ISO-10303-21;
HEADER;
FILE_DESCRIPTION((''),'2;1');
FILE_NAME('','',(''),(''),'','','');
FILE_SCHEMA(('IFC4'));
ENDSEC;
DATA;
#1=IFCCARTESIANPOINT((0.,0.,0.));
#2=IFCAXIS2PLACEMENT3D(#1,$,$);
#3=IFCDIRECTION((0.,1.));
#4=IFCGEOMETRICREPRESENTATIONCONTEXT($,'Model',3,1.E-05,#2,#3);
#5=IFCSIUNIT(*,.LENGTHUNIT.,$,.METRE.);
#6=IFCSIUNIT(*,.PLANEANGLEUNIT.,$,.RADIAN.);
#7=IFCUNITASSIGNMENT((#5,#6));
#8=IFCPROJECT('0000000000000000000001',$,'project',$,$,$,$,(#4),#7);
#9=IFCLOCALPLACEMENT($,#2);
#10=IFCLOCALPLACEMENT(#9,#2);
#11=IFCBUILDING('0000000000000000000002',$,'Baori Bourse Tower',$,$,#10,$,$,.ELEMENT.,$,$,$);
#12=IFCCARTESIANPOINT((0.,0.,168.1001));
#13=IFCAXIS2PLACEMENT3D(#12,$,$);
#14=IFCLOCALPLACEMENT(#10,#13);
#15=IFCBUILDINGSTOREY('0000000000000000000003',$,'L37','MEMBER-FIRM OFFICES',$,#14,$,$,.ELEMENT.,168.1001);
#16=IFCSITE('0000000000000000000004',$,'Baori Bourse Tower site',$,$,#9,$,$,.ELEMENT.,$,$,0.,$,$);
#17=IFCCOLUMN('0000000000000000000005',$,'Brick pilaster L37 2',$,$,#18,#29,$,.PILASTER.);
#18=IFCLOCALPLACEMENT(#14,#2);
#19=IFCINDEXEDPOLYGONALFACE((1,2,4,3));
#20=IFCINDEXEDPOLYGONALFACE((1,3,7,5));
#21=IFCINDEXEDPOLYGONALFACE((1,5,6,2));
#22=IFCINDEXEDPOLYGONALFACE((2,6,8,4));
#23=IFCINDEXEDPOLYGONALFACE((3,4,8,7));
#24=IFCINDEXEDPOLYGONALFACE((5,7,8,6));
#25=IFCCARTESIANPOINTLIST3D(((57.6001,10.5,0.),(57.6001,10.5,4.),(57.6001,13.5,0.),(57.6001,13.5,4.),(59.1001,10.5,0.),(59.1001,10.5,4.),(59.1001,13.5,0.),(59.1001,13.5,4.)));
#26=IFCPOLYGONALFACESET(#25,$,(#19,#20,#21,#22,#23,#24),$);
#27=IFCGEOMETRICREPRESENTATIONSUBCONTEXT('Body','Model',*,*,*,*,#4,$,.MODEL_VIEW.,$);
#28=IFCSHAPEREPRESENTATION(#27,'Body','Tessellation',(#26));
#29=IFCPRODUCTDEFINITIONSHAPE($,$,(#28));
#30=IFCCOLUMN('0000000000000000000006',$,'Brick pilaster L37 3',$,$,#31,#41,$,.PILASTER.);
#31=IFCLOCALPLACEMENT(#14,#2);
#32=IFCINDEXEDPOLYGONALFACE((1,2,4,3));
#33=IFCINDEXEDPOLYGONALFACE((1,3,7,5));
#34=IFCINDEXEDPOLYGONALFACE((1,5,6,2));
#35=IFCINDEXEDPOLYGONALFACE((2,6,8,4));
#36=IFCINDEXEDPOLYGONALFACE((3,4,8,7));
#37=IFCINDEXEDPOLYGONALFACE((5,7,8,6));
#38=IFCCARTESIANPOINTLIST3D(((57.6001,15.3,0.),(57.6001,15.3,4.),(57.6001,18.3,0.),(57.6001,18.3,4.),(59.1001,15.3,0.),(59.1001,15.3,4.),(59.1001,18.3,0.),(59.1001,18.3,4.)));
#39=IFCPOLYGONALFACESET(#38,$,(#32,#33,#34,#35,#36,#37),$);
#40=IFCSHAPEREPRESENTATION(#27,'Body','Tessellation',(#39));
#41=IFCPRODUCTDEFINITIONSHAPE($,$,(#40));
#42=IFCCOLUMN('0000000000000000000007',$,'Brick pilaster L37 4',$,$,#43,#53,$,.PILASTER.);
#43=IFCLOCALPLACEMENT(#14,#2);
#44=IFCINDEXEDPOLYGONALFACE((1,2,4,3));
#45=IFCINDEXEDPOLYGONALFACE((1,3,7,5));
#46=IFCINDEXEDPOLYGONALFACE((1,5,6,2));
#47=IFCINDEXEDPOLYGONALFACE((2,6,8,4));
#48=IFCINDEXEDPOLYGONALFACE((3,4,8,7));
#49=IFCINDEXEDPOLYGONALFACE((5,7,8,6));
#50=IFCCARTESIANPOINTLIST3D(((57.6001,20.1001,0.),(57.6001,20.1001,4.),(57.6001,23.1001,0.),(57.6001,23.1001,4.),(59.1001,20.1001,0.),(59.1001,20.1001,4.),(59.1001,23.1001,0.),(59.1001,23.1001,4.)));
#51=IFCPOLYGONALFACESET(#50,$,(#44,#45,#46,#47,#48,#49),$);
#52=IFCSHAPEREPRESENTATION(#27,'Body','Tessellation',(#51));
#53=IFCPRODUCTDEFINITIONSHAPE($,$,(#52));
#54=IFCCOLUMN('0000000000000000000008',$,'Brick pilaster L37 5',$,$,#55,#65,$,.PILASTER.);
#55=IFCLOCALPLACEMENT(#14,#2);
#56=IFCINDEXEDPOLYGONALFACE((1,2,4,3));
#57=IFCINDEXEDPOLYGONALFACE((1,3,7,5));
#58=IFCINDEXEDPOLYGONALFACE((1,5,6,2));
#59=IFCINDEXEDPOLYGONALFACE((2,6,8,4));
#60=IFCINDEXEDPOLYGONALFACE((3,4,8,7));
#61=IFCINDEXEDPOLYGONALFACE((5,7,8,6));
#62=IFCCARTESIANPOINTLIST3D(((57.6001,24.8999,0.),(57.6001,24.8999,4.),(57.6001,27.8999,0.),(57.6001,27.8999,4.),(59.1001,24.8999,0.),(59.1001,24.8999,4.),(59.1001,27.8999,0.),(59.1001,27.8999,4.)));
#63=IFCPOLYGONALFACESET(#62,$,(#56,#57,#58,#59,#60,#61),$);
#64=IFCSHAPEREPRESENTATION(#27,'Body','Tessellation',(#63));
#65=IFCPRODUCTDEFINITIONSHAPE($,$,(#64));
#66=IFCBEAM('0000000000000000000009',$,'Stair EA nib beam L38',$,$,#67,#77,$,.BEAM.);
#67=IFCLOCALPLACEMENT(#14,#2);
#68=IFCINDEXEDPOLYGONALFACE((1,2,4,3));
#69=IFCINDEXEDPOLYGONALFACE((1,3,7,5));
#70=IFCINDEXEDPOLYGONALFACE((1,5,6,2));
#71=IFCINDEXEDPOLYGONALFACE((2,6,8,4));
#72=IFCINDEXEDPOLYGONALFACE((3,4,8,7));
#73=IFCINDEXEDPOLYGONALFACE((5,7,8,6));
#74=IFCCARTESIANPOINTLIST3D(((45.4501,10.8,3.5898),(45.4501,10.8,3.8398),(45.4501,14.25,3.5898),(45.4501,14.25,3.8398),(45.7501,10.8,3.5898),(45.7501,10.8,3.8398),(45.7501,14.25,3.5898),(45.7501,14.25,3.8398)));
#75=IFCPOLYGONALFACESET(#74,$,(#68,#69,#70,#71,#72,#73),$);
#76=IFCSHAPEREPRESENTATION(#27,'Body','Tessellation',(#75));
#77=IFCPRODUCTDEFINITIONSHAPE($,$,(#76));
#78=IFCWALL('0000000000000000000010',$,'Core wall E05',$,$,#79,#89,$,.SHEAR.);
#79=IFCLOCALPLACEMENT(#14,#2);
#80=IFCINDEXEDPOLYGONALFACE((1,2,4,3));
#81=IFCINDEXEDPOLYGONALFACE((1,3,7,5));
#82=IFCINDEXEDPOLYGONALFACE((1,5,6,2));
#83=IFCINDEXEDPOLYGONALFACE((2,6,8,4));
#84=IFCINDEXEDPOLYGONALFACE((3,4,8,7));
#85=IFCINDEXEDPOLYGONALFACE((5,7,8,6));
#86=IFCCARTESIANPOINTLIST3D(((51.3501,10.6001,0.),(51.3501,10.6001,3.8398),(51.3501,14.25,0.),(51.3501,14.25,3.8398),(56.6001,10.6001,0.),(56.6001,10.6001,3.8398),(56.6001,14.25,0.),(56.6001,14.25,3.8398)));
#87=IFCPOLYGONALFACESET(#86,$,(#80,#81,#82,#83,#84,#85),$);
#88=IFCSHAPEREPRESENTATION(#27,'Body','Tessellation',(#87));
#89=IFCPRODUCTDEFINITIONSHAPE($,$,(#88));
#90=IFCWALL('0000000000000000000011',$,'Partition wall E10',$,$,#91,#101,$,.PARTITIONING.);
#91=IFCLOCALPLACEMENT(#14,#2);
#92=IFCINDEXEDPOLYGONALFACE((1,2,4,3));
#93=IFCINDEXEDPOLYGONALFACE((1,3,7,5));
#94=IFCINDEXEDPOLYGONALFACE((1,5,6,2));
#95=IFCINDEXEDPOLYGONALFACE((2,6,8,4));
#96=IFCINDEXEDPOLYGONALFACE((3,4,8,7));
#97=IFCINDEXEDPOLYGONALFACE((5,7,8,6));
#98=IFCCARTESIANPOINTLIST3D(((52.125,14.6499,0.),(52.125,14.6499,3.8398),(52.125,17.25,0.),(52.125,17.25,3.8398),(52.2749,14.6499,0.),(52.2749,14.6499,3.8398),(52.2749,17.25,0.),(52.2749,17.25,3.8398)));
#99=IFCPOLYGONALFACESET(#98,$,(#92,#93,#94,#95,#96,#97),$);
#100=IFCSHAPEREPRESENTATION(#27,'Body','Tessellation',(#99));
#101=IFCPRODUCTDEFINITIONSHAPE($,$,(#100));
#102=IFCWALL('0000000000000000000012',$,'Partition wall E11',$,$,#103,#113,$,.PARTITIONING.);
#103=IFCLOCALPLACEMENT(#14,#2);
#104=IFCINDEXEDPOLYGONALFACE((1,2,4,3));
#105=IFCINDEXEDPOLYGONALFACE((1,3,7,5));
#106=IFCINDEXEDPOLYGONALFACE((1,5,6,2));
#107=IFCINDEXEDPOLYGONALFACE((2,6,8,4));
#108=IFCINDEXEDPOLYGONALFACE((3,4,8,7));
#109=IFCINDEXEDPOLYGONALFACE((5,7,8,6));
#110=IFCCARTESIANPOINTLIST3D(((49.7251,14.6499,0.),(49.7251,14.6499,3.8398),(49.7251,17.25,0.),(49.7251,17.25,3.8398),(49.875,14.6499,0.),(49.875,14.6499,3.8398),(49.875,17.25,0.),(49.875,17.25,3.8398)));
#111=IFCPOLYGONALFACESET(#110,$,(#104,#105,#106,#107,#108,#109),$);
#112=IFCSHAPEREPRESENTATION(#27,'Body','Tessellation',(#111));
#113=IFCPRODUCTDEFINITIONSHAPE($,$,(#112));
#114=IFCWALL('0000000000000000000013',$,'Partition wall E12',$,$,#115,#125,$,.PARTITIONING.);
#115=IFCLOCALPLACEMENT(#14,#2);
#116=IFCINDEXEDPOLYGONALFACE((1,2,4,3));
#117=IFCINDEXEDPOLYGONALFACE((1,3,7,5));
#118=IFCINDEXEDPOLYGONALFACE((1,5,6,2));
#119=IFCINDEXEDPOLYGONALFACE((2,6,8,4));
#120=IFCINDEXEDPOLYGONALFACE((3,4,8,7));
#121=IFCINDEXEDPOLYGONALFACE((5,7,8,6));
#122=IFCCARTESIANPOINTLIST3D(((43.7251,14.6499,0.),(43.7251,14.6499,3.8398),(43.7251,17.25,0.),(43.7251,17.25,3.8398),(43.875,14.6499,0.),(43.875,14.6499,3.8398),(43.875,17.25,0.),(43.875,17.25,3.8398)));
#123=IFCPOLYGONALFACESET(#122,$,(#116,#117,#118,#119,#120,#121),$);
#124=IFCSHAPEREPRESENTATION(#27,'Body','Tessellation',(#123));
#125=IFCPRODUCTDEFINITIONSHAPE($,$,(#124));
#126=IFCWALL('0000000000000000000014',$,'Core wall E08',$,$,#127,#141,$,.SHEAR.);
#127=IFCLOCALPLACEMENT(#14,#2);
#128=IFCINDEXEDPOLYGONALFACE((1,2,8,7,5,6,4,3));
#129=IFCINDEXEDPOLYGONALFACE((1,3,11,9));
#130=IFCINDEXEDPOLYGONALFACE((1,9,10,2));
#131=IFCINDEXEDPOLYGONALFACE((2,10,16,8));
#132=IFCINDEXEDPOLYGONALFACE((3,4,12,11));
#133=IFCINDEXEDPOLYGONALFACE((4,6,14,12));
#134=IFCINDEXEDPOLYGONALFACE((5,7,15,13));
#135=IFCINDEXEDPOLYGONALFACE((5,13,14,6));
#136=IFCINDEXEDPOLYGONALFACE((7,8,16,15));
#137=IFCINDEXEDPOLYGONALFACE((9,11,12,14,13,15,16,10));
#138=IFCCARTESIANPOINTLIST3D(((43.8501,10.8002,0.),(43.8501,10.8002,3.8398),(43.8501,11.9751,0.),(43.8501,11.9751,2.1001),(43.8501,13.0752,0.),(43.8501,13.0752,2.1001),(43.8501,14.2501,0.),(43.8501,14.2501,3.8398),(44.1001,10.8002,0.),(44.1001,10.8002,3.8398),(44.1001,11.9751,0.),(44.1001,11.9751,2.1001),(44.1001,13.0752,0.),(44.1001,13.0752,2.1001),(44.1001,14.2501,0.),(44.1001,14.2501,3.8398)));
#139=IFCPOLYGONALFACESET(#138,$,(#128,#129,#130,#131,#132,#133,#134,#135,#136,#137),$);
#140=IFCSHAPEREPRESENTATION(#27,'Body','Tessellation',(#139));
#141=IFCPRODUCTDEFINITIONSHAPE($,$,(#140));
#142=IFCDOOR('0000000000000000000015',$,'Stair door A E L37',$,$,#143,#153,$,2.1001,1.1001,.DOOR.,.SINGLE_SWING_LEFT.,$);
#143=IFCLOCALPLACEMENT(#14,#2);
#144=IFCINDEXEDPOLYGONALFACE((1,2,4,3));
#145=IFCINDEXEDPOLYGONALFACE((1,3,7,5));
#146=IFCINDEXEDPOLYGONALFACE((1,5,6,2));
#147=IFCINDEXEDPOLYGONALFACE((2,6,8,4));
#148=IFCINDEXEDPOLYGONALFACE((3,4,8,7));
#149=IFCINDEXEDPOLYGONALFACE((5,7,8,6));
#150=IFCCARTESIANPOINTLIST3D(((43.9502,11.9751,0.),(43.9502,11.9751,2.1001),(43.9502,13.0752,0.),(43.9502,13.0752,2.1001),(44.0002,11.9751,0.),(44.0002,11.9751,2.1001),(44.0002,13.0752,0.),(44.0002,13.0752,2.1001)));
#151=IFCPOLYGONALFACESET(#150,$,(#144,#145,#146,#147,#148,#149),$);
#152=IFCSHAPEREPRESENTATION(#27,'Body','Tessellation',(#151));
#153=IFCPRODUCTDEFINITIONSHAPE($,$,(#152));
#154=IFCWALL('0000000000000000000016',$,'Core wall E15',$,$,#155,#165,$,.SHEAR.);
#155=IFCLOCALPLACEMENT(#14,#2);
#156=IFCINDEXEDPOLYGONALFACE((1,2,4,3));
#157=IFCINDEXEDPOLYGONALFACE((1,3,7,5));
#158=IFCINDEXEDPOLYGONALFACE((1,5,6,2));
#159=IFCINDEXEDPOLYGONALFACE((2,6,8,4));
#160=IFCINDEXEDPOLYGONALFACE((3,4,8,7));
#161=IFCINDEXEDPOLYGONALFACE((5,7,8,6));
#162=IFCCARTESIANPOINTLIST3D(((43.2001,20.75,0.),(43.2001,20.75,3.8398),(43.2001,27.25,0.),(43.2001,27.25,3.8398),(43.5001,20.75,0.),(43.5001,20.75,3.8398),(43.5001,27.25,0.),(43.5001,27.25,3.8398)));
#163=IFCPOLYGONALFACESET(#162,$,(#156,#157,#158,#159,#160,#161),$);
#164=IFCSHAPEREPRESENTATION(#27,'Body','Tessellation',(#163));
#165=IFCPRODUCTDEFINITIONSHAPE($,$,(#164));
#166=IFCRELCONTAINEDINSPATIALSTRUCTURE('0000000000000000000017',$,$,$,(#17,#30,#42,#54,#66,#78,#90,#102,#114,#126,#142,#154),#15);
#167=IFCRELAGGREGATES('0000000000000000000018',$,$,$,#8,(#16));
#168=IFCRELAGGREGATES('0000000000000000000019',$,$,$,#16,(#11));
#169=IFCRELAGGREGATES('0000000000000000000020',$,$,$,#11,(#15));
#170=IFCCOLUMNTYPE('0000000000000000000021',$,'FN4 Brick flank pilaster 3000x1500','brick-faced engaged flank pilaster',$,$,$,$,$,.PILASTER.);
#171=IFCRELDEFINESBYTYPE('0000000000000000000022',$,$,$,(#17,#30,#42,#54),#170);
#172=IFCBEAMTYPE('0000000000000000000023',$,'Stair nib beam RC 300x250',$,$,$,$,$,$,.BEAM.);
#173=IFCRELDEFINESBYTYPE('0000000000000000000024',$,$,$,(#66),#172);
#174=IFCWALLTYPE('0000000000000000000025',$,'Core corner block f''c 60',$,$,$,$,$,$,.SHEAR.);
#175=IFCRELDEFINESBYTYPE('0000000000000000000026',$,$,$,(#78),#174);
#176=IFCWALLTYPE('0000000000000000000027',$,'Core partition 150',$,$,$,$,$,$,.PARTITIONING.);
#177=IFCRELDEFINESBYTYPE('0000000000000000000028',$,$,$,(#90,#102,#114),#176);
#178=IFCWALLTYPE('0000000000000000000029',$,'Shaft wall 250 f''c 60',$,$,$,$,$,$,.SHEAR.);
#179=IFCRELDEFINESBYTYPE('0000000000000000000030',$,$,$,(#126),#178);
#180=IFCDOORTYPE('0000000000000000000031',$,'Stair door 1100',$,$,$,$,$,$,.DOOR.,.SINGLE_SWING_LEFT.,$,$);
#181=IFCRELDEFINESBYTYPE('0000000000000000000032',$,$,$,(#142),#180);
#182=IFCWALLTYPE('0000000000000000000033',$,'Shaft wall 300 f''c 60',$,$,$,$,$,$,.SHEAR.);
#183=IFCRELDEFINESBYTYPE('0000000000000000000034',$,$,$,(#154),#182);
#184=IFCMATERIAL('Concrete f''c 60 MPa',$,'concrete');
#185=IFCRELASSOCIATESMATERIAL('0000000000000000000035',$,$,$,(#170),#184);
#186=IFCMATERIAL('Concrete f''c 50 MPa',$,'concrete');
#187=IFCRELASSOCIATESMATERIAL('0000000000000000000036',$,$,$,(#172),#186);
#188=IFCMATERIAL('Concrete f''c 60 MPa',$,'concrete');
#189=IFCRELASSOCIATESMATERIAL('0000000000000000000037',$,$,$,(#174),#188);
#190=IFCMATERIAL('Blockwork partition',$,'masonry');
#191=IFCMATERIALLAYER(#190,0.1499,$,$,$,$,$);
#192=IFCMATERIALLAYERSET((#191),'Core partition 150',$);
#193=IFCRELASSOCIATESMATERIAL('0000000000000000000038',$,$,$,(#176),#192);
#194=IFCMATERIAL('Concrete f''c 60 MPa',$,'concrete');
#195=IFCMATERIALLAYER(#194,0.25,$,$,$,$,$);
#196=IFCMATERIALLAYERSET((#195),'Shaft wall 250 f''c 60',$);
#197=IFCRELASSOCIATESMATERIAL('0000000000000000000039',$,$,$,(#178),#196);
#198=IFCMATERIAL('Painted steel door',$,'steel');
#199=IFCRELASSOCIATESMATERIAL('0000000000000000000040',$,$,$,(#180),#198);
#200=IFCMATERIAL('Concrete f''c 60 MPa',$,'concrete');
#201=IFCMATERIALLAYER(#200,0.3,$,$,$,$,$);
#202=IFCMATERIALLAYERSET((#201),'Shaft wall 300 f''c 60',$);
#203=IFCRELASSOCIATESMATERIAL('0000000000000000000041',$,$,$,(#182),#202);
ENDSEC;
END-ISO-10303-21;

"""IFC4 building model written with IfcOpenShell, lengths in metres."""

from ifc_helpers import new_model, si_unit, direction, frame, frame_2d, origin, origin_2d, place, context, subcontext, project, spatial, rectangle, extrude, material, layer, layer_set, material_profile, profile_set, type_object, element, fill, save


model = new_model("IFC4")

# Units and contexts
model_context = context("Model", 3, precision=1e-05, world=origin(), true_north=direction((0.0, 1.0)))
body_context = subcontext(model_context, "Body", "Model", "MODEL_VIEW")
ifc_project = project(units=[si_unit("LENGTHUNIT", "METRE"), si_unit("PLANEANGLEUNIT", "RADIAN")], contexts=[model_context])

# Site, building, storey
site_placement = place(None, origin())
site = spatial("IfcSite", under=ifc_project, at=site_placement, Name="Baori Bourse Tower site", CompositionType="ELEMENT", RefElevation=0.0)
building_placement = place(site_placement, origin())
building = spatial("IfcBuilding", under=site, at=building_placement, Name="Baori Bourse Tower", CompositionType="ELEMENT")
storey_placement = place(building_placement, frame((0.0, 0.0, 168.1001)))
storey = spatial("IfcBuildingStorey", under=building, at=storey_placement, Name="L37", Description="MEMBER-FIRM OFFICES", CompositionType="ELEMENT", Elevation=168.1001)

# Columns
ifc_material_1 = material(Name="Concrete f'c 60 MPa", Category="concrete")
ifc_material_profile_1 = material_profile(ifc_material_1, rectangle(XDim=3.0, YDim=1.5, at=origin_2d()), Name="RC 3000x1500")
ifc_profile_set_1 = profile_set([ifc_material_profile_1], Name="Concrete f'c 60 MPa")
column_type = type_object("IfcColumnType", Name="FN4 Brick flank pilaster 3000x1500", Description="brick-faced engaged flank pilaster", PredefinedType="PILASTER", material=ifc_profile_set_1)
for number, where, z_axis, x_axis, name in (
    (1, (58.3501, 12.0, 0.0), (0.0, 0.0, 1.0), (0.0, 1.0, 0.0), "Brick pilaster L37 2"),
    (2, (58.3501, 16.8, 0.0), (0.0, 0.0, 1.0), (0.0, 1.0, 0.0), "Brick pilaster L37 3"),
    (3, (58.3501, 21.6001, 0.0), (0.0, 0.0, 1.0), (0.0, 1.0, 0.0), "Brick pilaster L37 4"),
    (4, (58.3501, 26.3999, 0.0), (0.0, 0.0, 1.0), (0.0, 1.0, 0.0), "Brick pilaster L37 5"),
):
    element("IfcColumn", number, at=place(storey_placement, frame(where, z_axis=z_axis, x_axis=x_axis)), inside=storey, type_object=column_type, Name=name, PredefinedType="PILASTER", context=body_context, shape_type="SweptSolid", body=[
        extrude(rectangle(XDim=3.0, YDim=1.5, at=origin_2d()), origin(), (0.0, 0.0, 1.0), 4.0),
    ])

# Beam
ifc_material_2 = material(Name="Concrete f'c 50 MPa", Category="concrete")
ifc_material_profile_2 = material_profile(ifc_material_2, rectangle(XDim=0.3, YDim=0.25, at=origin_2d()), Name="RC 300x250")
ifc_profile_set_2 = profile_set([ifc_material_profile_2], Name="Concrete f'c 50 MPa")
beam_type = type_object("IfcBeamType", Name="Stair nib beam RC 300x250", PredefinedType="BEAM", material=ifc_profile_set_2)
beam_placement = place(storey_placement, frame((45.6001, 10.8, 3.7148), z_axis=(0.0, 1.0, 0.0), x_axis=(-1.0, 0.0, 0.0)))
element("IfcBeam", 5, at=beam_placement, inside=storey, type_object=beam_type, Name="Stair EA nib beam L38", PredefinedType="BEAM", context=body_context, shape_type="SweptSolid", body=[
    extrude(rectangle(XDim=0.3, YDim=0.25, at=origin_2d()), origin(), (0.0, 0.0, 1.0), 3.45),
])

# Walls
ifc_material_3 = material(Name="Concrete f'c 60 MPa", Category="concrete")
wall_type_1 = type_object("IfcWallType", Name="Core corner block f'c 60", PredefinedType="SHEAR", material=ifc_material_3)
wall_1_placement = place(storey_placement, frame((51.3501, 12.425, 0.0), z_axis=(0.0, 0.0, 1.0), x_axis=(1.0, 0.0, 0.0)))
element("IfcWall", 6, at=wall_1_placement, inside=storey, type_object=wall_type_1, Name="Core wall E05", PredefinedType="SHEAR", context=body_context, shape_type="SweptSolid", body=[
    extrude(rectangle(XDim=5.25, YDim=3.6499, at=frame_2d((2.625, 0.0))), origin(), (0.0, 0.0, 1.0), 3.8398),
])
ifc_material_4 = material(Name="Blockwork partition", Category="masonry")
ifc_layer_1 = layer(ifc_material_4, 0.1499)
ifc_layer_set_1 = layer_set([ifc_layer_1], Name="Core partition 150")
wall_type_2 = type_object("IfcWallType", Name="Core partition 150", PredefinedType="PARTITIONING", material=ifc_layer_set_1)
for number, where, z_axis, x_axis, name in (
    (7, (52.2, 14.6499, 0.0), (0.0, 0.0, 1.0), (0.0, 1.0, 0.0), "Partition wall E10"),
    (8, (49.8, 14.6499, 0.0), (0.0, 0.0, 1.0), (0.0, 1.0, 0.0), "Partition wall E11"),
    (9, (43.8, 14.6499, 0.0), (0.0, 0.0, 1.0), (0.0, 1.0, 0.0), "Partition wall E12"),
):
    element("IfcWall", number, at=place(storey_placement, frame(where, z_axis=z_axis, x_axis=x_axis)), inside=storey, type_object=wall_type_2, Name=name, PredefinedType="PARTITIONING", context=body_context, shape_type="SweptSolid", body=[
        extrude(rectangle(XDim=2.6001, YDim=0.1499, at=frame_2d((1.3, 0.0))), origin(), (0.0, 0.0, 1.0), 3.8398),
    ])

# Wall, opening, door
ifc_material_5 = material(Name="Concrete f'c 60 MPa", Category="concrete")
ifc_layer_2 = layer(ifc_material_5, 0.25)
ifc_layer_set_2 = layer_set([ifc_layer_2], Name="Shaft wall 250 f'c 60")
wall_type_3 = type_object("IfcWallType", Name="Shaft wall 250 f'c 60", PredefinedType="SHEAR", material=ifc_layer_set_2)
wall_2_placement = place(storey_placement, frame((43.9751, 10.8, 0.0), z_axis=(0.0, 0.0, 1.0), x_axis=(0.0, 1.0, 0.0)))
wall_2 = element("IfcWall", 10, at=wall_2_placement, inside=storey, type_object=wall_type_3, Name="Core wall E08", PredefinedType="SHEAR", context=body_context, shape_type="SweptSolid", body=[
    extrude(rectangle(XDim=3.45, YDim=0.25, at=frame_2d((1.7251, 0.0))), origin(), (0.0, 0.0, 1.0), 3.8398),
])
opening_1_placement = place(wall_2_placement, frame((1.175, 0.0, 0.0)))
opening_1 = element("IfcOpeningElement", 11, at=opening_1_placement, cuts=wall_2, PredefinedType="OPENING", context=body_context, shape_type="SweptSolid", body=[
    extrude(rectangle(XDim=1.1001, YDim=2.1001, at=frame_2d((0.55, 1.05))), frame((0.0, 0.135, 0.0), z_axis=(0.0, -1.0, 0.0), x_axis=(1.0, 0.0, 0.0)), (0.0, 0.0, 1.0), 0.27),
])
ifc_material_6 = material(Name="Painted steel door", Category="steel")
door_type_1 = type_object("IfcDoorType", Name="Stair door 1100", OperationType="SINGLE_SWING_LEFT", PredefinedType="DOOR", material=ifc_material_6)
door_1_placement = place(opening_1_placement, origin())
door_1 = element("IfcDoor", 12, at=door_1_placement, inside=storey, type_object=door_type_1, Name="Stair door A E L37", OperationType="SINGLE_SWING_LEFT", OverallHeight=2.1001, OverallWidth=1.1001, PredefinedType="DOOR", context=body_context, shape_type="SweptSolid", body=[
    extrude(rectangle(XDim=1.1001, YDim=2.1001, at=frame_2d((0.55, 1.05))), frame((0.0, 0.0249, 0.0), z_axis=(0.0, -1.0, 0.0), x_axis=(1.0, 0.0, 0.0)), (0.0, 0.0, 1.0), 0.05),
])
fill(opening_1, door_1)

# Wall
ifc_material_7 = material(Name="Concrete f'c 60 MPa", Category="concrete")
ifc_layer_3 = layer(ifc_material_7, 0.3)
ifc_layer_set_3 = layer_set([ifc_layer_3], Name="Shaft wall 300 f'c 60")
wall_type_4 = type_object("IfcWallType", Name="Shaft wall 300 f'c 60", PredefinedType="SHEAR", material=ifc_layer_set_3)
wall_3_placement = place(storey_placement, frame((43.3501, 20.75, 0.0), z_axis=(0.0, 0.0, 1.0), x_axis=(0.0, 1.0, 0.0)))
element("IfcWall", 13, at=wall_3_placement, inside=storey, type_object=wall_type_4, Name="Core wall E15", PredefinedType="SHEAR", context=body_context, shape_type="SweptSolid", body=[
    extrude(rectangle(XDim=6.5, YDim=0.3, at=frame_2d((3.25, 0.0))), origin(), (0.0, 0.0, 1.0), 3.8398),
])

save(model, "model.ifc")
